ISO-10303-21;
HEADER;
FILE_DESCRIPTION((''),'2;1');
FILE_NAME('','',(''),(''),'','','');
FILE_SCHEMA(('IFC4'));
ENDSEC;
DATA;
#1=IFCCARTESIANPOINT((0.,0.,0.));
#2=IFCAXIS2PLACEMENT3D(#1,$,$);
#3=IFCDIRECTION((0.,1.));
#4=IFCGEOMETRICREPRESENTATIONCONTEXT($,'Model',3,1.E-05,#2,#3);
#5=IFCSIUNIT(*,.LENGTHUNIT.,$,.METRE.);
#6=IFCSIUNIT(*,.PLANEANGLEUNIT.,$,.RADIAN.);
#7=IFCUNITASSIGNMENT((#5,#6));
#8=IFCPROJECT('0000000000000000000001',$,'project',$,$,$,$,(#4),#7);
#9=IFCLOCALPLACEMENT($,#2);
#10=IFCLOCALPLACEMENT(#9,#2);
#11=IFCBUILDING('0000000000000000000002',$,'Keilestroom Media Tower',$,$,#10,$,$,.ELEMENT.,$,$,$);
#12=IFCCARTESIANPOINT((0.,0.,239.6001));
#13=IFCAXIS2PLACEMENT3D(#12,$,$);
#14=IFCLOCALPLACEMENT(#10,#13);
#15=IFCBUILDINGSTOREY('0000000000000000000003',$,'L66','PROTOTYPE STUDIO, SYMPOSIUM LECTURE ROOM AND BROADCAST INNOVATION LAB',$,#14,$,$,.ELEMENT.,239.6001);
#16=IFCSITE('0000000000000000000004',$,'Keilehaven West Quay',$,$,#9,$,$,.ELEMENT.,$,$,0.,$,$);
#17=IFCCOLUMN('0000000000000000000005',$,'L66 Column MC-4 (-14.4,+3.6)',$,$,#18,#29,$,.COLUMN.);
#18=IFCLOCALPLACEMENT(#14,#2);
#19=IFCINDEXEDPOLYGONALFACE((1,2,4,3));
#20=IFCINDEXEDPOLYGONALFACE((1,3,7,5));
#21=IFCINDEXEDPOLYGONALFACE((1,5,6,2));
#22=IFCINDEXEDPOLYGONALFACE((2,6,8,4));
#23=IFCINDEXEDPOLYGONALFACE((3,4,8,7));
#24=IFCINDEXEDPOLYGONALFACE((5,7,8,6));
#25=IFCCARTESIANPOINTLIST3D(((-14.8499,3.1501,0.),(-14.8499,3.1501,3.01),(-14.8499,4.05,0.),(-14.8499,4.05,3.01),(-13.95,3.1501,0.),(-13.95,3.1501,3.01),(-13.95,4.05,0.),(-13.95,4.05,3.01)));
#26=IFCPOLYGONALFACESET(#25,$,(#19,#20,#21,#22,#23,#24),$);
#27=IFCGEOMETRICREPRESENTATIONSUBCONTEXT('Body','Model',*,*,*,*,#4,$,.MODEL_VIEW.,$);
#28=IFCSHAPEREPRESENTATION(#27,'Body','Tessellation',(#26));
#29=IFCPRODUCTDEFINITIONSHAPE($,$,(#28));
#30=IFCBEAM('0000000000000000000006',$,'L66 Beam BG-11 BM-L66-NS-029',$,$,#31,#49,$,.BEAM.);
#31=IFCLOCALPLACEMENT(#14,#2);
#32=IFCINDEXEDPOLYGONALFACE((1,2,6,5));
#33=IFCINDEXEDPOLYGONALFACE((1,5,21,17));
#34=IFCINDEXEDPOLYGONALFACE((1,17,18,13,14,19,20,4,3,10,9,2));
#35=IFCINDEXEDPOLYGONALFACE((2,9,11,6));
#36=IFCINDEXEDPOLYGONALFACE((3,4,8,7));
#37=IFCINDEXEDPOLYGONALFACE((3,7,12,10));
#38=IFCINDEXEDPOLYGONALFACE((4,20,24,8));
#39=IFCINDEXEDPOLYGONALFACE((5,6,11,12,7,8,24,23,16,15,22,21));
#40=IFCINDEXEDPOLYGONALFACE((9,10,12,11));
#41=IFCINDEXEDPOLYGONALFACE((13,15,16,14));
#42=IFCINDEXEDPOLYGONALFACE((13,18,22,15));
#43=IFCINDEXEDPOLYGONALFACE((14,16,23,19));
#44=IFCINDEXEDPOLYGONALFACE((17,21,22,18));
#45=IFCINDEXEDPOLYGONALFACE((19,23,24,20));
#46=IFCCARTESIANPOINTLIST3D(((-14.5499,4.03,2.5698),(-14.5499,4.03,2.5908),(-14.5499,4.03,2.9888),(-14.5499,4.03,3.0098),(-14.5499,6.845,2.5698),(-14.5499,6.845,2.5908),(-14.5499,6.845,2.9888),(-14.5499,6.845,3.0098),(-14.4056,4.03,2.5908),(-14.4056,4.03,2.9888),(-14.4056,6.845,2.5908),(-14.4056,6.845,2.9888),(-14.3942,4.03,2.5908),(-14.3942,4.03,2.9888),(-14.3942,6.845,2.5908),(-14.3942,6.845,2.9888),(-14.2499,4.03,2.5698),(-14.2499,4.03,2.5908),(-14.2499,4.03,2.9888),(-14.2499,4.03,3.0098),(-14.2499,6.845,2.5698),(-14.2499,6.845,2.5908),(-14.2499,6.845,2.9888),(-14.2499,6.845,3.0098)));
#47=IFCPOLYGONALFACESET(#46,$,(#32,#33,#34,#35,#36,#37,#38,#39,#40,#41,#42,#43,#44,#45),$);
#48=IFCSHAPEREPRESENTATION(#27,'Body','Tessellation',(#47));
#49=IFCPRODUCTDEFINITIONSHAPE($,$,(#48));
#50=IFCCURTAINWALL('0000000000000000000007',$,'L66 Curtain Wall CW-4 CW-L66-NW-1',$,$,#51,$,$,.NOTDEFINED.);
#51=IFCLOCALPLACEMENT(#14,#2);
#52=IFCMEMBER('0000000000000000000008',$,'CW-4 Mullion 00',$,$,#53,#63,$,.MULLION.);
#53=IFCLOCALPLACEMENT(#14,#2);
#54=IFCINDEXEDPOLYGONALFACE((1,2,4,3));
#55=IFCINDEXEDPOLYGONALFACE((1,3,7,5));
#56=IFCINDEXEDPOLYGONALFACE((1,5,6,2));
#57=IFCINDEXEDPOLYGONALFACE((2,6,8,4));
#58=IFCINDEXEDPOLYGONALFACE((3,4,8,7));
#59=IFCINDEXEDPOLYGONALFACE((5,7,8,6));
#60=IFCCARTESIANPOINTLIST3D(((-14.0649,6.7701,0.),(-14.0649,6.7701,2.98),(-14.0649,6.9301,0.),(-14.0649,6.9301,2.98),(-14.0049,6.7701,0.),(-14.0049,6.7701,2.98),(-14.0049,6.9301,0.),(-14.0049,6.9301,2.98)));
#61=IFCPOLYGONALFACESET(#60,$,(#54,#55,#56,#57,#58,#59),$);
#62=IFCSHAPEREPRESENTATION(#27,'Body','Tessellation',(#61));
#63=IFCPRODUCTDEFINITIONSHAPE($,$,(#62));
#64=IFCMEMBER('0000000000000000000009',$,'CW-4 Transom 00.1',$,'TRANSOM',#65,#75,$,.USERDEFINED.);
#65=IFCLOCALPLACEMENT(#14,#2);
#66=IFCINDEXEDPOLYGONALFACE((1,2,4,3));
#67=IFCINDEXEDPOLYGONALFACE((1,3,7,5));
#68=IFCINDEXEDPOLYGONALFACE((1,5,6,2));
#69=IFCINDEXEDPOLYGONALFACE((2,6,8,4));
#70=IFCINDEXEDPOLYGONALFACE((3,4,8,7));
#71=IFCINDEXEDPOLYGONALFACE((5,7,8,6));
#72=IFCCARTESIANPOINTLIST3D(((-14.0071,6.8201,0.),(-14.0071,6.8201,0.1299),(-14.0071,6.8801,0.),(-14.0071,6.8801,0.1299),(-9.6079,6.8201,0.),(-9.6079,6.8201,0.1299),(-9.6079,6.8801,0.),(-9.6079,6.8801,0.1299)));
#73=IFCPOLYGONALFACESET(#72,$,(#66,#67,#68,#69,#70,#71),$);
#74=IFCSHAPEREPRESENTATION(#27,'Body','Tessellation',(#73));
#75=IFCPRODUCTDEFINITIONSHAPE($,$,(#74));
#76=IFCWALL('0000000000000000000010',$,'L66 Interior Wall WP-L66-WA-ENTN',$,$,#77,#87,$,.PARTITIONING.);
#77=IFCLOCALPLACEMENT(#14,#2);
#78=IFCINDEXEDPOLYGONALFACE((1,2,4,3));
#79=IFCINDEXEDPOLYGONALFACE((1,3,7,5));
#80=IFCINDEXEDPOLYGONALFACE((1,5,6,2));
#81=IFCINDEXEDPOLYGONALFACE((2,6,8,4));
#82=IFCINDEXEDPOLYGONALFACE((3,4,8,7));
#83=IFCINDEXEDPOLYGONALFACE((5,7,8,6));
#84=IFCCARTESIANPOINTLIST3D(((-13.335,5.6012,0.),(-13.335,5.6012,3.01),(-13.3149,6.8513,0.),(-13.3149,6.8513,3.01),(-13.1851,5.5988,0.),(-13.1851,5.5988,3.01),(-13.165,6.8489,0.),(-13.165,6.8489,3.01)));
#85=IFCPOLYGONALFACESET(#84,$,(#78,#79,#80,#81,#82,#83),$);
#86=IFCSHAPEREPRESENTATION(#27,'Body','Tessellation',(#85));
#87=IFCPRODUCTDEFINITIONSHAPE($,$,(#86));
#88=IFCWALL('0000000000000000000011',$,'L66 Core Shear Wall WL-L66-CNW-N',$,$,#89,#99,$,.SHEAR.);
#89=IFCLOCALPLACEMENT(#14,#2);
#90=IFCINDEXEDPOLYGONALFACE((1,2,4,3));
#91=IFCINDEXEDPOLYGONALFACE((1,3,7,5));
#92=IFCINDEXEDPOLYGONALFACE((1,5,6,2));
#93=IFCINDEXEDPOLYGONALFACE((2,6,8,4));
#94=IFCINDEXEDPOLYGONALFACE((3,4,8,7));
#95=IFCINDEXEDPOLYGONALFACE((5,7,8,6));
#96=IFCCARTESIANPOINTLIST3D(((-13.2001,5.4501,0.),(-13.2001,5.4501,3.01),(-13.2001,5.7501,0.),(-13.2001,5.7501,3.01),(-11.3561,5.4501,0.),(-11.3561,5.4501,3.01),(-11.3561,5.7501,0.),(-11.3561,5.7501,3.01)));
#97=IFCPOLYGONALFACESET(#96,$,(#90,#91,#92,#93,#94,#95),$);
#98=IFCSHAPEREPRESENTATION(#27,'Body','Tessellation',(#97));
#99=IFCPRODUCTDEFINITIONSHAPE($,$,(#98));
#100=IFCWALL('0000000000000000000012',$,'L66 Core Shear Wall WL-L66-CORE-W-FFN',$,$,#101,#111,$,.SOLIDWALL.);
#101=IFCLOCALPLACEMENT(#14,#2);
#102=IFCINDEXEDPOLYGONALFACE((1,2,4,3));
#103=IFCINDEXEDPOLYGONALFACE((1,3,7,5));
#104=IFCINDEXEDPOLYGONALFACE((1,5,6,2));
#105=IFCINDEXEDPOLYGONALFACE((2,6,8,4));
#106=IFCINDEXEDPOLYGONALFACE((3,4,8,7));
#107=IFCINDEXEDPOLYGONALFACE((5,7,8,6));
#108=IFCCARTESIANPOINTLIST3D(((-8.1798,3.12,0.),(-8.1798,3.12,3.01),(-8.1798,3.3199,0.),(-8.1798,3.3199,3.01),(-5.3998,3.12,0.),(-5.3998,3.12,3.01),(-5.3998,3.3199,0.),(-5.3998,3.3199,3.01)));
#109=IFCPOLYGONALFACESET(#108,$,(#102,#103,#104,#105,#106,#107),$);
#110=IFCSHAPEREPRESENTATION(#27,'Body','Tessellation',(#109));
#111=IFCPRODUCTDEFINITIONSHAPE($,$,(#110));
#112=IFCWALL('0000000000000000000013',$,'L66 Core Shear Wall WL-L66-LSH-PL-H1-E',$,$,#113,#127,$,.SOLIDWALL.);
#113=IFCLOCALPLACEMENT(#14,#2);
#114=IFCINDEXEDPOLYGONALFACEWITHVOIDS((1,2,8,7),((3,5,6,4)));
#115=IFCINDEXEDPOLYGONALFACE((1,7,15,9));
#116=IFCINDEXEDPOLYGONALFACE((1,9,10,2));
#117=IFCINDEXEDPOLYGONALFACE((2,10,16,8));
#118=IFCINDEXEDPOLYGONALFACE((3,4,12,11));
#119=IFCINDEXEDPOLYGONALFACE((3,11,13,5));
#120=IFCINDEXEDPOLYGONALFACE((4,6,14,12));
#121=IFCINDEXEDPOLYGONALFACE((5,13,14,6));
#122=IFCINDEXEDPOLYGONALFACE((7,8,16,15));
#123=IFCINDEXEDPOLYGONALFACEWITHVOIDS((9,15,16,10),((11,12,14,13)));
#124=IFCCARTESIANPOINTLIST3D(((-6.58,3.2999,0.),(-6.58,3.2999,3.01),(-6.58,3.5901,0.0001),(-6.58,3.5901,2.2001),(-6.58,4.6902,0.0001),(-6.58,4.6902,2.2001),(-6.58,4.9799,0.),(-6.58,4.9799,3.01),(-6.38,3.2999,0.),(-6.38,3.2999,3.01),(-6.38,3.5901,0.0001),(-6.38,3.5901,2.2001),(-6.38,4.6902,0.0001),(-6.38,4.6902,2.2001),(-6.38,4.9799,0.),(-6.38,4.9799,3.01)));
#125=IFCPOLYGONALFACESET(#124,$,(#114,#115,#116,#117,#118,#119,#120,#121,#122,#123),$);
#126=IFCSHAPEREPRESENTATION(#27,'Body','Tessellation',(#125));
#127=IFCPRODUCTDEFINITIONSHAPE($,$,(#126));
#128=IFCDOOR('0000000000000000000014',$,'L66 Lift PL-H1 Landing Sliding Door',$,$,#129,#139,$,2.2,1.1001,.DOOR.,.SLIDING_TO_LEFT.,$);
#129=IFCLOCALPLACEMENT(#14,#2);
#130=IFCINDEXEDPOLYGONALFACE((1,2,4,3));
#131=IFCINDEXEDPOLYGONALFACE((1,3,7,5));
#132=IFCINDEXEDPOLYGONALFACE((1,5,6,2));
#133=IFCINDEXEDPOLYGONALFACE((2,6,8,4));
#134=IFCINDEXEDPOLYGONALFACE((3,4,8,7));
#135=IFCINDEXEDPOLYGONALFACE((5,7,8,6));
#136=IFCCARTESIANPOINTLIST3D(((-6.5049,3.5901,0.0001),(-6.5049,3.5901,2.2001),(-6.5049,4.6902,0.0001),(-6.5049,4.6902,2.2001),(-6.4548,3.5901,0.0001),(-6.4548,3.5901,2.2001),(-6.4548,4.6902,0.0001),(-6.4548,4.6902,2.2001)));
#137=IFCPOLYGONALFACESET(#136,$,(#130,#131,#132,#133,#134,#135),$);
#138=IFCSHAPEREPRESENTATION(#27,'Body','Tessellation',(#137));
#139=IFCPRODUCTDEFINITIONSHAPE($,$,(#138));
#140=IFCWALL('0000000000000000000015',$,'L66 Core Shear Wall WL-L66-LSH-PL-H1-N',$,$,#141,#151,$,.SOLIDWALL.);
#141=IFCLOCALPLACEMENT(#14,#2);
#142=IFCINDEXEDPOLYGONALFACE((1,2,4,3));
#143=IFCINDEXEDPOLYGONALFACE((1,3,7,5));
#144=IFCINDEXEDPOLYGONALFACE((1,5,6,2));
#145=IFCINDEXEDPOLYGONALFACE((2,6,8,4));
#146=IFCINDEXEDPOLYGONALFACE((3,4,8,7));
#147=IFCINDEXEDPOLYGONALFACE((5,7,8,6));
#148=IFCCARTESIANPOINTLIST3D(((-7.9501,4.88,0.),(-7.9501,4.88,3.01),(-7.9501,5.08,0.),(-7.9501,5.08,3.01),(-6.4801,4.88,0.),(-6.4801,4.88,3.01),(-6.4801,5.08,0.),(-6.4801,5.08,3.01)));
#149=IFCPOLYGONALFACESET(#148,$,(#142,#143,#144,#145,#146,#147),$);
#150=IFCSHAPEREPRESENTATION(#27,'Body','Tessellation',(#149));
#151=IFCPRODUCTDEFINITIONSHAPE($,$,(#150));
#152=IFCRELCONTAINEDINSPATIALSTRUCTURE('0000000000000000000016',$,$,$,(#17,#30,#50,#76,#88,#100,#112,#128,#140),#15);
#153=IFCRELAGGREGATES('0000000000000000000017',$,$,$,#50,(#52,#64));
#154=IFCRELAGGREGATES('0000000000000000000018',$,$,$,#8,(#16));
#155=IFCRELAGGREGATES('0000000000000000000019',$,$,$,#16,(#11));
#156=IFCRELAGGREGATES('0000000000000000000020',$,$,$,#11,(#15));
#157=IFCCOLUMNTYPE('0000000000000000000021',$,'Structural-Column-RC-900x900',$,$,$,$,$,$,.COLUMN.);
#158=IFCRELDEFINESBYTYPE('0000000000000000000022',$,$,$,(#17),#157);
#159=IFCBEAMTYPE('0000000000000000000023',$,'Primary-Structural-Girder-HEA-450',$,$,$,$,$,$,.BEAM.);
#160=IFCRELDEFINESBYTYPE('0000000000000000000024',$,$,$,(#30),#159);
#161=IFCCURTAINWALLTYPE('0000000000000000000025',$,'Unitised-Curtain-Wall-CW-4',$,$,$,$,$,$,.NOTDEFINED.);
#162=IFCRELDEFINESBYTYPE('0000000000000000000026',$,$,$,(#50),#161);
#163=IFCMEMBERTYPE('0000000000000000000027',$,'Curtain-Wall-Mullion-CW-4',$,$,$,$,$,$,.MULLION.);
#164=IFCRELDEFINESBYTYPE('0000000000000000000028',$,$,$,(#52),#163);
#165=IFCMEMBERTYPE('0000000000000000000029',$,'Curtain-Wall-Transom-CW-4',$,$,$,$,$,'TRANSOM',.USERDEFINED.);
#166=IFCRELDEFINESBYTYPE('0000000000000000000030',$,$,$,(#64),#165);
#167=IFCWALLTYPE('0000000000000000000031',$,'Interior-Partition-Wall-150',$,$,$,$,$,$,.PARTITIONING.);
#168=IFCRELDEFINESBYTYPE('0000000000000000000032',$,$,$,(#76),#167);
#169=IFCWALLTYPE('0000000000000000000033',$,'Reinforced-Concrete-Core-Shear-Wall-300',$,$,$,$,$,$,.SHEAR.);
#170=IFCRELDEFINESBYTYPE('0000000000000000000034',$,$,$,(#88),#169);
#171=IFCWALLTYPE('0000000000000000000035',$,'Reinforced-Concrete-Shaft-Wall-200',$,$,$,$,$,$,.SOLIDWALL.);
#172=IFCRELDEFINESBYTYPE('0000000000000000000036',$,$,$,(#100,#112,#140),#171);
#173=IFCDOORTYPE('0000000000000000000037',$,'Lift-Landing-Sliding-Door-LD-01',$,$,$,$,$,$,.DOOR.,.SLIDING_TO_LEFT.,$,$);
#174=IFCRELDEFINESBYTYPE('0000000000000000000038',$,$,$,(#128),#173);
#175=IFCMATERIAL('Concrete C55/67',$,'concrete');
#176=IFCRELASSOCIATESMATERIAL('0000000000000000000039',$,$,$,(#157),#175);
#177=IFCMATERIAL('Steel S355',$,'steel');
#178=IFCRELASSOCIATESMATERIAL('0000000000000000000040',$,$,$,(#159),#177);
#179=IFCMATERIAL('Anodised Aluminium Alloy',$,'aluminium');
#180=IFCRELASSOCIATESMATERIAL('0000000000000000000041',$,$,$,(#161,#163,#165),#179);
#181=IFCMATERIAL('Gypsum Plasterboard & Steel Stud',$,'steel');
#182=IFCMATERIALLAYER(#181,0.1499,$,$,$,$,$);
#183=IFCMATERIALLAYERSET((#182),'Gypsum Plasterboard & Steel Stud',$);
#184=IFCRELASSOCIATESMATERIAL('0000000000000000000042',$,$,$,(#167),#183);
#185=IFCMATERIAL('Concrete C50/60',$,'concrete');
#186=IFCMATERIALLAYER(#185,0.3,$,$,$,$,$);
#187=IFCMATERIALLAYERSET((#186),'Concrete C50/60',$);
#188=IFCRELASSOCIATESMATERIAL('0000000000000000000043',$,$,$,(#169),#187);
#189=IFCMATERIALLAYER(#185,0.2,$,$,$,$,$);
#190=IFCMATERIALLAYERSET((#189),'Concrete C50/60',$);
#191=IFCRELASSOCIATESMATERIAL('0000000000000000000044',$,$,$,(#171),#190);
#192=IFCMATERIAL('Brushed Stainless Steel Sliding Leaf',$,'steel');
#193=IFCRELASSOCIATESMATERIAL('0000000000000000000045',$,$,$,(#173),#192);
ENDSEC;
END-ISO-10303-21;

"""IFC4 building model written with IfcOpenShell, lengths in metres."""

from ifc_helpers import new_model, si_unit, direction, frame, frame_2d, origin, origin_2d, place, context, subcontext, project, spatial, rectangle, i_section, extrude, source, transform, mapped, material, layer, layer_set, material_profile, profile_set, type_object, element, fill, aggregate, save


model = new_model("IFC4")

# Units and contexts
model_context = context("Model", 3, precision=1e-05, world=origin(), true_north=direction((0.0, 1.0)))
body_context = subcontext(model_context, "Body", "Model", "MODEL_VIEW")
ifc_project = project(units=[si_unit("LENGTHUNIT", "METRE"), si_unit("PLANEANGLEUNIT", "RADIAN")], contexts=[model_context])

# Site, building, storey
site_placement = place(None, origin())
site = spatial("IfcSite", under=ifc_project, at=site_placement, Name="Keilehaven West Quay", CompositionType="ELEMENT", RefElevation=0.0)
building_placement = place(site_placement, origin())
building = spatial("IfcBuilding", under=site, at=building_placement, Name="Keilestroom Media Tower", CompositionType="ELEMENT")
storey_placement = place(building_placement, frame((0.0, 0.0, 239.6001)))
storey = spatial("IfcBuildingStorey", under=building, at=storey_placement, Name="L66", Description="PROTOTYPE STUDIO, SYMPOSIUM LECTURE ROOM AND BROADCAST INNOVATION LAB", CompositionType="ELEMENT", Elevation=239.6001)

# Column
ifc_material_1 = material(Name="Concrete C55/67", Category="concrete")
ifc_material_profile_1 = material_profile(ifc_material_1, rectangle(XDim=0.8999, YDim=0.8999, at=origin_2d()), Name="RC 900x900")
ifc_profile_set_1 = profile_set([ifc_material_profile_1], Name="Concrete C55/67")
column_type = type_object("IfcColumnType", Name="Structural-Column-RC-900x900", PredefinedType="COLUMN", material=ifc_profile_set_1)
shared_shape_1 = source(origin(), body_context, "Body", "SweptSolid", [
    extrude(rectangle(XDim=0.8999, YDim=0.8999, at=origin_2d()), origin(), (0.0, 0.0, 1.0), 3.01),
])
column_placement = place(storey_placement, frame((-14.3999, 3.6001, 0.0), z_axis=(0.0, 0.0, 1.0), x_axis=(1.0, 0.0, 0.0)))
element("IfcColumn", 1, at=column_placement, inside=storey, type_object=column_type, Name="L66 Column MC-4 (-14.4,+3.6)", PredefinedType="COLUMN", context=body_context, shape_type="MappedRepresentation", body=[
    mapped(shared_shape_1, transform((0.0, 0.0, 0.0), x_axis=(1.0, 0.0, 0.0), y_axis=(0.0, 1.0, 0.0), z_axis=(0.0, 0.0, 1.0), scale=1.0)),
])

# Beam
ifc_material_2 = material(Name="Steel S355", Category="steel")
ifc_material_profile_2 = material_profile(ifc_material_2, i_section(OverallWidth=0.3, OverallDepth=0.4399, WebThickness=0.0115, FlangeThickness=0.021, at=origin_2d()), Name="HEA 450")
ifc_profile_set_2 = profile_set([ifc_material_profile_2], Name="Steel S355")
beam_type = type_object("IfcBeamType", Name="Primary-Structural-Girder-HEA-450", PredefinedType="BEAM", material=ifc_profile_set_2)
shared_shape_2 = source(origin(), body_context, "Body", "SweptSolid", [
    extrude(i_section(OverallWidth=0.3, OverallDepth=0.4399, WebThickness=0.0115, FlangeThickness=0.021, at=origin_2d()), origin(), (0.0, 0.0, 1.0), 2.8149),
])
beam_placement = place(storey_placement, frame((-14.3999, 4.03, 2.7898), z_axis=(0.0, 1.0, 0.0), x_axis=(-1.0, 0.0, 0.0)))
element("IfcBeam", 2, at=beam_placement, inside=storey, type_object=beam_type, Name="L66 Beam BG-11 BM-L66-NS-029", PredefinedType="BEAM", context=body_context, shape_type="MappedRepresentation", body=[
    mapped(shared_shape_2, transform((0.0, 0.0, 0.0), x_axis=(1.0, 0.0, 0.0), y_axis=(0.0, 1.0, 0.0), z_axis=(0.0, 0.0, 1.0), scale=1.0)),
])

# Curtain wall, members
ifc_material_3 = material(Name="Anodised Aluminium Alloy", Category="aluminium")
curtain_wall_type = type_object("IfcCurtainWallType", Name="Unitised-Curtain-Wall-CW-4", PredefinedType="NOTDEFINED", material=ifc_material_3)
curtain_wall_placement = place(storey_placement, origin())
curtain_wall = element("IfcCurtainWall", 3, at=curtain_wall_placement, inside=storey, type_object=curtain_wall_type, Name="L66 Curtain Wall CW-4 CW-L66-NW-1", PredefinedType="NOTDEFINED")
ifc_material_profile_3 = material_profile(ifc_material_3, rectangle(XDim=0.0601, YDim=0.1599, at=origin_2d()), Name="ALU MULLION 60x160")
ifc_profile_set_3 = profile_set([ifc_material_profile_3], Name="Anodised Aluminium Alloy")
member_type_1 = type_object("IfcMemberType", Name="Curtain-Wall-Mullion-CW-4", PredefinedType="MULLION", material=ifc_profile_set_3)
shared_shape_3 = source(origin(), body_context, "Body", "SweptSolid", [
    extrude(rectangle(XDim=0.0601, YDim=0.1599, at=origin_2d()), origin(), (0.0, 0.0, 1.0), 2.98),
])
member_1_placement = place(storey_placement, frame((-14.0349, 6.8501, 0.0), z_axis=(0.0, 0.0, 1.0), x_axis=(1.0, 0.0, 0.0)))
member_1 = element("IfcMember", 4, at=member_1_placement, type_object=member_type_1, Name="CW-4 Mullion 00", PredefinedType="MULLION", context=body_context, shape_type="MappedRepresentation", body=[
    mapped(shared_shape_3, transform((0.0, 0.0, 0.0), x_axis=(1.0, 0.0, 0.0), y_axis=(0.0, 1.0, 0.0), z_axis=(0.0, 0.0, 1.0), scale=1.0)),
])
ifc_material_profile_4 = material_profile(ifc_material_3, rectangle(XDim=0.0601, YDim=0.1299, at=origin_2d()), Name="ALU TRANSOM 60x130")
ifc_profile_set_4 = profile_set([ifc_material_profile_4], Name="Anodised Aluminium Alloy")
member_type_2 = type_object("IfcMemberType", Name="Curtain-Wall-Transom-CW-4", ElementType="TRANSOM", PredefinedType="USERDEFINED", material=ifc_profile_set_4)
shared_shape_4 = source(origin(), body_context, "Body", "SweptSolid", [
    extrude(rectangle(XDim=0.0601, YDim=0.1299, at=origin_2d()), origin(), (0.0, 0.0, 1.0), 4.3992),
])
member_2_placement = place(storey_placement, frame((-14.0071, 6.8501, 0.0649), z_axis=(1.0, 0.0, 0.0), x_axis=(0.0, 1.0, 0.0)))
member_2 = element("IfcMember", 5, at=member_2_placement, type_object=member_type_2, Name="CW-4 Transom 00.1", ObjectType="TRANSOM", PredefinedType="USERDEFINED", context=body_context, shape_type="MappedRepresentation", body=[
    mapped(shared_shape_4, transform((0.0, 0.0, 0.0), x_axis=(1.0, 0.0, 0.0), y_axis=(0.0, 1.0, 0.0), z_axis=(0.0, 0.0, 1.0), scale=1.0)),
])
aggregate(curtain_wall, [member_1, member_2])

# Walls
ifc_material_4 = material(Name="Gypsum Plasterboard & Steel Stud", Category="steel")
ifc_layer_1 = layer(ifc_material_4, 0.1499)
ifc_layer_set_1 = layer_set([ifc_layer_1], Name="Gypsum Plasterboard & Steel Stud")
wall_type_1 = type_object("IfcWallType", Name="Interior-Partition-Wall-150", PredefinedType="PARTITIONING", material=ifc_layer_set_1)
wall_1_placement = place(storey_placement, frame((-13.26, 5.6001, 0.0), z_axis=(0.0, 0.0, 1.0), x_axis=(0.016014, 0.999872, 0.0)))
element("IfcWall", 6, at=wall_1_placement, inside=storey, type_object=wall_type_1, Name="L66 Interior Wall WP-L66-WA-ENTN", PredefinedType="PARTITIONING", context=body_context, shape_type="SweptSolid", body=[
    extrude(rectangle(XDim=1.2502, YDim=0.1499, at=frame_2d((0.625, 0.0))), origin(), (0.0, 0.0, 1.0), 3.01),
])
ifc_material_5 = material(Name="Concrete C50/60", Category="concrete")
ifc_layer_2 = layer(ifc_material_5, 0.3)
ifc_layer_set_2 = layer_set([ifc_layer_2], Name="Concrete C50/60")
wall_type_2 = type_object("IfcWallType", Name="Reinforced-Concrete-Core-Shear-Wall-300", PredefinedType="SHEAR", material=ifc_layer_set_2)
wall_2_placement = place(storey_placement, frame((-13.2, 5.6001, 0.0), z_axis=(0.0, 0.0, 1.0), x_axis=(1.0, 0.0, 0.0)))
element("IfcWall", 7, at=wall_2_placement, inside=storey, type_object=wall_type_2, Name="L66 Core Shear Wall WL-L66-CNW-N", PredefinedType="SHEAR", context=body_context, shape_type="SweptSolid", body=[
    extrude(rectangle(XDim=1.844, YDim=0.3, at=frame_2d((0.9219, 0.0))), origin(), (0.0, 0.0, 1.0), 3.01),
])
ifc_layer_3 = layer(ifc_material_5, 0.2)
ifc_layer_set_3 = layer_set([ifc_layer_3], Name="Concrete C50/60")
wall_type_3 = type_object("IfcWallType", Name="Reinforced-Concrete-Shaft-Wall-200", PredefinedType="SOLIDWALL", material=ifc_layer_set_3)
wall_3_placement = place(storey_placement, frame((-8.1799, 3.22, 0.0), z_axis=(0.0, 0.0, 1.0), x_axis=(1.0, 0.0, 0.0)))
element("IfcWall", 8, at=wall_3_placement, inside=storey, type_object=wall_type_3, Name="L66 Core Shear Wall WL-L66-CORE-W-FFN", PredefinedType="SOLIDWALL", context=body_context, shape_type="SweptSolid", body=[
    extrude(rectangle(XDim=2.78, YDim=0.2, at=frame_2d((1.3901, 0.0))), origin(), (0.0, 0.0, 1.0), 3.01),
])

# Wall, opening, door
wall_4_placement = place(storey_placement, frame((-6.48, 3.3, 0.0), z_axis=(0.0, 0.0, 1.0), x_axis=(0.0, 1.0, 0.0)))
wall_4 = element("IfcWall", 9, at=wall_4_placement, inside=storey, type_object=wall_type_3, Name="L66 Core Shear Wall WL-L66-LSH-PL-H1-E", PredefinedType="SOLIDWALL", context=body_context, shape_type="SweptSolid", body=[
    extrude(rectangle(XDim=1.6799, YDim=0.2, at=frame_2d((0.8398, 0.0))), origin(), (0.0, 0.0, 1.0), 3.01),
])
opening_1_placement = place(wall_4_placement, frame((0.29, 0.0, 0.0)))
opening_1 = element("IfcOpeningElement", 10, at=opening_1_placement, cuts=wall_4, PredefinedType="OPENING", context=body_context, shape_type="SweptSolid", body=[
    extrude(rectangle(XDim=1.1001, YDim=2.2, at=frame_2d((0.55, 1.1001))), frame((0.0, 0.1099, 0.0), z_axis=(0.0, -1.0, 0.0), x_axis=(1.0, 0.0, 0.0)), (0.0, 0.0, 1.0), 0.22),
])
ifc_material_6 = material(Name="Brushed Stainless Steel Sliding Leaf", Category="steel")
door_type = type_object("IfcDoorType", Name="Lift-Landing-Sliding-Door-LD-01", OperationType="SLIDING_TO_LEFT", PredefinedType="DOOR", material=ifc_material_6)
shared_shape_5 = source(origin(), body_context, "Body", "SweptSolid", [
    extrude(rectangle(XDim=1.1001, YDim=2.2, at=frame_2d((0.55, 1.1001))), frame((0.0, 0.0249, 0.0), z_axis=(0.0, -1.0, 0.0), x_axis=(1.0, 0.0, 0.0)), (0.0, 0.0, 1.0), 0.05),
])
door_1_placement = place(opening_1_placement, origin())
door_1 = element("IfcDoor", 11, at=door_1_placement, inside=storey, type_object=door_type, Name="L66 Lift PL-H1 Landing Sliding Door", OperationType="SLIDING_TO_LEFT", OverallHeight=2.2, OverallWidth=1.1001, PredefinedType="DOOR", context=body_context, shape_type="MappedRepresentation", body=[
    mapped(shared_shape_5, transform((0.0, 0.0, 0.0), x_axis=(1.0, 0.0, 0.0), y_axis=(0.0, 1.0, 0.0), z_axis=(0.0, 0.0, 1.0), scale=1.0)),
])
fill(opening_1, door_1)

# Wall
wall_5_placement = place(storey_placement, frame((-7.95, 4.98, 0.0), z_axis=(0.0, 0.0, 1.0), x_axis=(1.0, 0.0, 0.0)))
element("IfcWall", 12, at=wall_5_placement, inside=storey, type_object=wall_type_3, Name="L66 Core Shear Wall WL-L66-LSH-PL-H1-N", PredefinedType="SOLIDWALL", context=body_context, shape_type="SweptSolid", body=[
    extrude(rectangle(XDim=1.47, YDim=0.2, at=frame_2d((0.7349, 0.0))), origin(), (0.0, 0.0, 1.0), 3.01),
])

save(model, "model.ifc")
